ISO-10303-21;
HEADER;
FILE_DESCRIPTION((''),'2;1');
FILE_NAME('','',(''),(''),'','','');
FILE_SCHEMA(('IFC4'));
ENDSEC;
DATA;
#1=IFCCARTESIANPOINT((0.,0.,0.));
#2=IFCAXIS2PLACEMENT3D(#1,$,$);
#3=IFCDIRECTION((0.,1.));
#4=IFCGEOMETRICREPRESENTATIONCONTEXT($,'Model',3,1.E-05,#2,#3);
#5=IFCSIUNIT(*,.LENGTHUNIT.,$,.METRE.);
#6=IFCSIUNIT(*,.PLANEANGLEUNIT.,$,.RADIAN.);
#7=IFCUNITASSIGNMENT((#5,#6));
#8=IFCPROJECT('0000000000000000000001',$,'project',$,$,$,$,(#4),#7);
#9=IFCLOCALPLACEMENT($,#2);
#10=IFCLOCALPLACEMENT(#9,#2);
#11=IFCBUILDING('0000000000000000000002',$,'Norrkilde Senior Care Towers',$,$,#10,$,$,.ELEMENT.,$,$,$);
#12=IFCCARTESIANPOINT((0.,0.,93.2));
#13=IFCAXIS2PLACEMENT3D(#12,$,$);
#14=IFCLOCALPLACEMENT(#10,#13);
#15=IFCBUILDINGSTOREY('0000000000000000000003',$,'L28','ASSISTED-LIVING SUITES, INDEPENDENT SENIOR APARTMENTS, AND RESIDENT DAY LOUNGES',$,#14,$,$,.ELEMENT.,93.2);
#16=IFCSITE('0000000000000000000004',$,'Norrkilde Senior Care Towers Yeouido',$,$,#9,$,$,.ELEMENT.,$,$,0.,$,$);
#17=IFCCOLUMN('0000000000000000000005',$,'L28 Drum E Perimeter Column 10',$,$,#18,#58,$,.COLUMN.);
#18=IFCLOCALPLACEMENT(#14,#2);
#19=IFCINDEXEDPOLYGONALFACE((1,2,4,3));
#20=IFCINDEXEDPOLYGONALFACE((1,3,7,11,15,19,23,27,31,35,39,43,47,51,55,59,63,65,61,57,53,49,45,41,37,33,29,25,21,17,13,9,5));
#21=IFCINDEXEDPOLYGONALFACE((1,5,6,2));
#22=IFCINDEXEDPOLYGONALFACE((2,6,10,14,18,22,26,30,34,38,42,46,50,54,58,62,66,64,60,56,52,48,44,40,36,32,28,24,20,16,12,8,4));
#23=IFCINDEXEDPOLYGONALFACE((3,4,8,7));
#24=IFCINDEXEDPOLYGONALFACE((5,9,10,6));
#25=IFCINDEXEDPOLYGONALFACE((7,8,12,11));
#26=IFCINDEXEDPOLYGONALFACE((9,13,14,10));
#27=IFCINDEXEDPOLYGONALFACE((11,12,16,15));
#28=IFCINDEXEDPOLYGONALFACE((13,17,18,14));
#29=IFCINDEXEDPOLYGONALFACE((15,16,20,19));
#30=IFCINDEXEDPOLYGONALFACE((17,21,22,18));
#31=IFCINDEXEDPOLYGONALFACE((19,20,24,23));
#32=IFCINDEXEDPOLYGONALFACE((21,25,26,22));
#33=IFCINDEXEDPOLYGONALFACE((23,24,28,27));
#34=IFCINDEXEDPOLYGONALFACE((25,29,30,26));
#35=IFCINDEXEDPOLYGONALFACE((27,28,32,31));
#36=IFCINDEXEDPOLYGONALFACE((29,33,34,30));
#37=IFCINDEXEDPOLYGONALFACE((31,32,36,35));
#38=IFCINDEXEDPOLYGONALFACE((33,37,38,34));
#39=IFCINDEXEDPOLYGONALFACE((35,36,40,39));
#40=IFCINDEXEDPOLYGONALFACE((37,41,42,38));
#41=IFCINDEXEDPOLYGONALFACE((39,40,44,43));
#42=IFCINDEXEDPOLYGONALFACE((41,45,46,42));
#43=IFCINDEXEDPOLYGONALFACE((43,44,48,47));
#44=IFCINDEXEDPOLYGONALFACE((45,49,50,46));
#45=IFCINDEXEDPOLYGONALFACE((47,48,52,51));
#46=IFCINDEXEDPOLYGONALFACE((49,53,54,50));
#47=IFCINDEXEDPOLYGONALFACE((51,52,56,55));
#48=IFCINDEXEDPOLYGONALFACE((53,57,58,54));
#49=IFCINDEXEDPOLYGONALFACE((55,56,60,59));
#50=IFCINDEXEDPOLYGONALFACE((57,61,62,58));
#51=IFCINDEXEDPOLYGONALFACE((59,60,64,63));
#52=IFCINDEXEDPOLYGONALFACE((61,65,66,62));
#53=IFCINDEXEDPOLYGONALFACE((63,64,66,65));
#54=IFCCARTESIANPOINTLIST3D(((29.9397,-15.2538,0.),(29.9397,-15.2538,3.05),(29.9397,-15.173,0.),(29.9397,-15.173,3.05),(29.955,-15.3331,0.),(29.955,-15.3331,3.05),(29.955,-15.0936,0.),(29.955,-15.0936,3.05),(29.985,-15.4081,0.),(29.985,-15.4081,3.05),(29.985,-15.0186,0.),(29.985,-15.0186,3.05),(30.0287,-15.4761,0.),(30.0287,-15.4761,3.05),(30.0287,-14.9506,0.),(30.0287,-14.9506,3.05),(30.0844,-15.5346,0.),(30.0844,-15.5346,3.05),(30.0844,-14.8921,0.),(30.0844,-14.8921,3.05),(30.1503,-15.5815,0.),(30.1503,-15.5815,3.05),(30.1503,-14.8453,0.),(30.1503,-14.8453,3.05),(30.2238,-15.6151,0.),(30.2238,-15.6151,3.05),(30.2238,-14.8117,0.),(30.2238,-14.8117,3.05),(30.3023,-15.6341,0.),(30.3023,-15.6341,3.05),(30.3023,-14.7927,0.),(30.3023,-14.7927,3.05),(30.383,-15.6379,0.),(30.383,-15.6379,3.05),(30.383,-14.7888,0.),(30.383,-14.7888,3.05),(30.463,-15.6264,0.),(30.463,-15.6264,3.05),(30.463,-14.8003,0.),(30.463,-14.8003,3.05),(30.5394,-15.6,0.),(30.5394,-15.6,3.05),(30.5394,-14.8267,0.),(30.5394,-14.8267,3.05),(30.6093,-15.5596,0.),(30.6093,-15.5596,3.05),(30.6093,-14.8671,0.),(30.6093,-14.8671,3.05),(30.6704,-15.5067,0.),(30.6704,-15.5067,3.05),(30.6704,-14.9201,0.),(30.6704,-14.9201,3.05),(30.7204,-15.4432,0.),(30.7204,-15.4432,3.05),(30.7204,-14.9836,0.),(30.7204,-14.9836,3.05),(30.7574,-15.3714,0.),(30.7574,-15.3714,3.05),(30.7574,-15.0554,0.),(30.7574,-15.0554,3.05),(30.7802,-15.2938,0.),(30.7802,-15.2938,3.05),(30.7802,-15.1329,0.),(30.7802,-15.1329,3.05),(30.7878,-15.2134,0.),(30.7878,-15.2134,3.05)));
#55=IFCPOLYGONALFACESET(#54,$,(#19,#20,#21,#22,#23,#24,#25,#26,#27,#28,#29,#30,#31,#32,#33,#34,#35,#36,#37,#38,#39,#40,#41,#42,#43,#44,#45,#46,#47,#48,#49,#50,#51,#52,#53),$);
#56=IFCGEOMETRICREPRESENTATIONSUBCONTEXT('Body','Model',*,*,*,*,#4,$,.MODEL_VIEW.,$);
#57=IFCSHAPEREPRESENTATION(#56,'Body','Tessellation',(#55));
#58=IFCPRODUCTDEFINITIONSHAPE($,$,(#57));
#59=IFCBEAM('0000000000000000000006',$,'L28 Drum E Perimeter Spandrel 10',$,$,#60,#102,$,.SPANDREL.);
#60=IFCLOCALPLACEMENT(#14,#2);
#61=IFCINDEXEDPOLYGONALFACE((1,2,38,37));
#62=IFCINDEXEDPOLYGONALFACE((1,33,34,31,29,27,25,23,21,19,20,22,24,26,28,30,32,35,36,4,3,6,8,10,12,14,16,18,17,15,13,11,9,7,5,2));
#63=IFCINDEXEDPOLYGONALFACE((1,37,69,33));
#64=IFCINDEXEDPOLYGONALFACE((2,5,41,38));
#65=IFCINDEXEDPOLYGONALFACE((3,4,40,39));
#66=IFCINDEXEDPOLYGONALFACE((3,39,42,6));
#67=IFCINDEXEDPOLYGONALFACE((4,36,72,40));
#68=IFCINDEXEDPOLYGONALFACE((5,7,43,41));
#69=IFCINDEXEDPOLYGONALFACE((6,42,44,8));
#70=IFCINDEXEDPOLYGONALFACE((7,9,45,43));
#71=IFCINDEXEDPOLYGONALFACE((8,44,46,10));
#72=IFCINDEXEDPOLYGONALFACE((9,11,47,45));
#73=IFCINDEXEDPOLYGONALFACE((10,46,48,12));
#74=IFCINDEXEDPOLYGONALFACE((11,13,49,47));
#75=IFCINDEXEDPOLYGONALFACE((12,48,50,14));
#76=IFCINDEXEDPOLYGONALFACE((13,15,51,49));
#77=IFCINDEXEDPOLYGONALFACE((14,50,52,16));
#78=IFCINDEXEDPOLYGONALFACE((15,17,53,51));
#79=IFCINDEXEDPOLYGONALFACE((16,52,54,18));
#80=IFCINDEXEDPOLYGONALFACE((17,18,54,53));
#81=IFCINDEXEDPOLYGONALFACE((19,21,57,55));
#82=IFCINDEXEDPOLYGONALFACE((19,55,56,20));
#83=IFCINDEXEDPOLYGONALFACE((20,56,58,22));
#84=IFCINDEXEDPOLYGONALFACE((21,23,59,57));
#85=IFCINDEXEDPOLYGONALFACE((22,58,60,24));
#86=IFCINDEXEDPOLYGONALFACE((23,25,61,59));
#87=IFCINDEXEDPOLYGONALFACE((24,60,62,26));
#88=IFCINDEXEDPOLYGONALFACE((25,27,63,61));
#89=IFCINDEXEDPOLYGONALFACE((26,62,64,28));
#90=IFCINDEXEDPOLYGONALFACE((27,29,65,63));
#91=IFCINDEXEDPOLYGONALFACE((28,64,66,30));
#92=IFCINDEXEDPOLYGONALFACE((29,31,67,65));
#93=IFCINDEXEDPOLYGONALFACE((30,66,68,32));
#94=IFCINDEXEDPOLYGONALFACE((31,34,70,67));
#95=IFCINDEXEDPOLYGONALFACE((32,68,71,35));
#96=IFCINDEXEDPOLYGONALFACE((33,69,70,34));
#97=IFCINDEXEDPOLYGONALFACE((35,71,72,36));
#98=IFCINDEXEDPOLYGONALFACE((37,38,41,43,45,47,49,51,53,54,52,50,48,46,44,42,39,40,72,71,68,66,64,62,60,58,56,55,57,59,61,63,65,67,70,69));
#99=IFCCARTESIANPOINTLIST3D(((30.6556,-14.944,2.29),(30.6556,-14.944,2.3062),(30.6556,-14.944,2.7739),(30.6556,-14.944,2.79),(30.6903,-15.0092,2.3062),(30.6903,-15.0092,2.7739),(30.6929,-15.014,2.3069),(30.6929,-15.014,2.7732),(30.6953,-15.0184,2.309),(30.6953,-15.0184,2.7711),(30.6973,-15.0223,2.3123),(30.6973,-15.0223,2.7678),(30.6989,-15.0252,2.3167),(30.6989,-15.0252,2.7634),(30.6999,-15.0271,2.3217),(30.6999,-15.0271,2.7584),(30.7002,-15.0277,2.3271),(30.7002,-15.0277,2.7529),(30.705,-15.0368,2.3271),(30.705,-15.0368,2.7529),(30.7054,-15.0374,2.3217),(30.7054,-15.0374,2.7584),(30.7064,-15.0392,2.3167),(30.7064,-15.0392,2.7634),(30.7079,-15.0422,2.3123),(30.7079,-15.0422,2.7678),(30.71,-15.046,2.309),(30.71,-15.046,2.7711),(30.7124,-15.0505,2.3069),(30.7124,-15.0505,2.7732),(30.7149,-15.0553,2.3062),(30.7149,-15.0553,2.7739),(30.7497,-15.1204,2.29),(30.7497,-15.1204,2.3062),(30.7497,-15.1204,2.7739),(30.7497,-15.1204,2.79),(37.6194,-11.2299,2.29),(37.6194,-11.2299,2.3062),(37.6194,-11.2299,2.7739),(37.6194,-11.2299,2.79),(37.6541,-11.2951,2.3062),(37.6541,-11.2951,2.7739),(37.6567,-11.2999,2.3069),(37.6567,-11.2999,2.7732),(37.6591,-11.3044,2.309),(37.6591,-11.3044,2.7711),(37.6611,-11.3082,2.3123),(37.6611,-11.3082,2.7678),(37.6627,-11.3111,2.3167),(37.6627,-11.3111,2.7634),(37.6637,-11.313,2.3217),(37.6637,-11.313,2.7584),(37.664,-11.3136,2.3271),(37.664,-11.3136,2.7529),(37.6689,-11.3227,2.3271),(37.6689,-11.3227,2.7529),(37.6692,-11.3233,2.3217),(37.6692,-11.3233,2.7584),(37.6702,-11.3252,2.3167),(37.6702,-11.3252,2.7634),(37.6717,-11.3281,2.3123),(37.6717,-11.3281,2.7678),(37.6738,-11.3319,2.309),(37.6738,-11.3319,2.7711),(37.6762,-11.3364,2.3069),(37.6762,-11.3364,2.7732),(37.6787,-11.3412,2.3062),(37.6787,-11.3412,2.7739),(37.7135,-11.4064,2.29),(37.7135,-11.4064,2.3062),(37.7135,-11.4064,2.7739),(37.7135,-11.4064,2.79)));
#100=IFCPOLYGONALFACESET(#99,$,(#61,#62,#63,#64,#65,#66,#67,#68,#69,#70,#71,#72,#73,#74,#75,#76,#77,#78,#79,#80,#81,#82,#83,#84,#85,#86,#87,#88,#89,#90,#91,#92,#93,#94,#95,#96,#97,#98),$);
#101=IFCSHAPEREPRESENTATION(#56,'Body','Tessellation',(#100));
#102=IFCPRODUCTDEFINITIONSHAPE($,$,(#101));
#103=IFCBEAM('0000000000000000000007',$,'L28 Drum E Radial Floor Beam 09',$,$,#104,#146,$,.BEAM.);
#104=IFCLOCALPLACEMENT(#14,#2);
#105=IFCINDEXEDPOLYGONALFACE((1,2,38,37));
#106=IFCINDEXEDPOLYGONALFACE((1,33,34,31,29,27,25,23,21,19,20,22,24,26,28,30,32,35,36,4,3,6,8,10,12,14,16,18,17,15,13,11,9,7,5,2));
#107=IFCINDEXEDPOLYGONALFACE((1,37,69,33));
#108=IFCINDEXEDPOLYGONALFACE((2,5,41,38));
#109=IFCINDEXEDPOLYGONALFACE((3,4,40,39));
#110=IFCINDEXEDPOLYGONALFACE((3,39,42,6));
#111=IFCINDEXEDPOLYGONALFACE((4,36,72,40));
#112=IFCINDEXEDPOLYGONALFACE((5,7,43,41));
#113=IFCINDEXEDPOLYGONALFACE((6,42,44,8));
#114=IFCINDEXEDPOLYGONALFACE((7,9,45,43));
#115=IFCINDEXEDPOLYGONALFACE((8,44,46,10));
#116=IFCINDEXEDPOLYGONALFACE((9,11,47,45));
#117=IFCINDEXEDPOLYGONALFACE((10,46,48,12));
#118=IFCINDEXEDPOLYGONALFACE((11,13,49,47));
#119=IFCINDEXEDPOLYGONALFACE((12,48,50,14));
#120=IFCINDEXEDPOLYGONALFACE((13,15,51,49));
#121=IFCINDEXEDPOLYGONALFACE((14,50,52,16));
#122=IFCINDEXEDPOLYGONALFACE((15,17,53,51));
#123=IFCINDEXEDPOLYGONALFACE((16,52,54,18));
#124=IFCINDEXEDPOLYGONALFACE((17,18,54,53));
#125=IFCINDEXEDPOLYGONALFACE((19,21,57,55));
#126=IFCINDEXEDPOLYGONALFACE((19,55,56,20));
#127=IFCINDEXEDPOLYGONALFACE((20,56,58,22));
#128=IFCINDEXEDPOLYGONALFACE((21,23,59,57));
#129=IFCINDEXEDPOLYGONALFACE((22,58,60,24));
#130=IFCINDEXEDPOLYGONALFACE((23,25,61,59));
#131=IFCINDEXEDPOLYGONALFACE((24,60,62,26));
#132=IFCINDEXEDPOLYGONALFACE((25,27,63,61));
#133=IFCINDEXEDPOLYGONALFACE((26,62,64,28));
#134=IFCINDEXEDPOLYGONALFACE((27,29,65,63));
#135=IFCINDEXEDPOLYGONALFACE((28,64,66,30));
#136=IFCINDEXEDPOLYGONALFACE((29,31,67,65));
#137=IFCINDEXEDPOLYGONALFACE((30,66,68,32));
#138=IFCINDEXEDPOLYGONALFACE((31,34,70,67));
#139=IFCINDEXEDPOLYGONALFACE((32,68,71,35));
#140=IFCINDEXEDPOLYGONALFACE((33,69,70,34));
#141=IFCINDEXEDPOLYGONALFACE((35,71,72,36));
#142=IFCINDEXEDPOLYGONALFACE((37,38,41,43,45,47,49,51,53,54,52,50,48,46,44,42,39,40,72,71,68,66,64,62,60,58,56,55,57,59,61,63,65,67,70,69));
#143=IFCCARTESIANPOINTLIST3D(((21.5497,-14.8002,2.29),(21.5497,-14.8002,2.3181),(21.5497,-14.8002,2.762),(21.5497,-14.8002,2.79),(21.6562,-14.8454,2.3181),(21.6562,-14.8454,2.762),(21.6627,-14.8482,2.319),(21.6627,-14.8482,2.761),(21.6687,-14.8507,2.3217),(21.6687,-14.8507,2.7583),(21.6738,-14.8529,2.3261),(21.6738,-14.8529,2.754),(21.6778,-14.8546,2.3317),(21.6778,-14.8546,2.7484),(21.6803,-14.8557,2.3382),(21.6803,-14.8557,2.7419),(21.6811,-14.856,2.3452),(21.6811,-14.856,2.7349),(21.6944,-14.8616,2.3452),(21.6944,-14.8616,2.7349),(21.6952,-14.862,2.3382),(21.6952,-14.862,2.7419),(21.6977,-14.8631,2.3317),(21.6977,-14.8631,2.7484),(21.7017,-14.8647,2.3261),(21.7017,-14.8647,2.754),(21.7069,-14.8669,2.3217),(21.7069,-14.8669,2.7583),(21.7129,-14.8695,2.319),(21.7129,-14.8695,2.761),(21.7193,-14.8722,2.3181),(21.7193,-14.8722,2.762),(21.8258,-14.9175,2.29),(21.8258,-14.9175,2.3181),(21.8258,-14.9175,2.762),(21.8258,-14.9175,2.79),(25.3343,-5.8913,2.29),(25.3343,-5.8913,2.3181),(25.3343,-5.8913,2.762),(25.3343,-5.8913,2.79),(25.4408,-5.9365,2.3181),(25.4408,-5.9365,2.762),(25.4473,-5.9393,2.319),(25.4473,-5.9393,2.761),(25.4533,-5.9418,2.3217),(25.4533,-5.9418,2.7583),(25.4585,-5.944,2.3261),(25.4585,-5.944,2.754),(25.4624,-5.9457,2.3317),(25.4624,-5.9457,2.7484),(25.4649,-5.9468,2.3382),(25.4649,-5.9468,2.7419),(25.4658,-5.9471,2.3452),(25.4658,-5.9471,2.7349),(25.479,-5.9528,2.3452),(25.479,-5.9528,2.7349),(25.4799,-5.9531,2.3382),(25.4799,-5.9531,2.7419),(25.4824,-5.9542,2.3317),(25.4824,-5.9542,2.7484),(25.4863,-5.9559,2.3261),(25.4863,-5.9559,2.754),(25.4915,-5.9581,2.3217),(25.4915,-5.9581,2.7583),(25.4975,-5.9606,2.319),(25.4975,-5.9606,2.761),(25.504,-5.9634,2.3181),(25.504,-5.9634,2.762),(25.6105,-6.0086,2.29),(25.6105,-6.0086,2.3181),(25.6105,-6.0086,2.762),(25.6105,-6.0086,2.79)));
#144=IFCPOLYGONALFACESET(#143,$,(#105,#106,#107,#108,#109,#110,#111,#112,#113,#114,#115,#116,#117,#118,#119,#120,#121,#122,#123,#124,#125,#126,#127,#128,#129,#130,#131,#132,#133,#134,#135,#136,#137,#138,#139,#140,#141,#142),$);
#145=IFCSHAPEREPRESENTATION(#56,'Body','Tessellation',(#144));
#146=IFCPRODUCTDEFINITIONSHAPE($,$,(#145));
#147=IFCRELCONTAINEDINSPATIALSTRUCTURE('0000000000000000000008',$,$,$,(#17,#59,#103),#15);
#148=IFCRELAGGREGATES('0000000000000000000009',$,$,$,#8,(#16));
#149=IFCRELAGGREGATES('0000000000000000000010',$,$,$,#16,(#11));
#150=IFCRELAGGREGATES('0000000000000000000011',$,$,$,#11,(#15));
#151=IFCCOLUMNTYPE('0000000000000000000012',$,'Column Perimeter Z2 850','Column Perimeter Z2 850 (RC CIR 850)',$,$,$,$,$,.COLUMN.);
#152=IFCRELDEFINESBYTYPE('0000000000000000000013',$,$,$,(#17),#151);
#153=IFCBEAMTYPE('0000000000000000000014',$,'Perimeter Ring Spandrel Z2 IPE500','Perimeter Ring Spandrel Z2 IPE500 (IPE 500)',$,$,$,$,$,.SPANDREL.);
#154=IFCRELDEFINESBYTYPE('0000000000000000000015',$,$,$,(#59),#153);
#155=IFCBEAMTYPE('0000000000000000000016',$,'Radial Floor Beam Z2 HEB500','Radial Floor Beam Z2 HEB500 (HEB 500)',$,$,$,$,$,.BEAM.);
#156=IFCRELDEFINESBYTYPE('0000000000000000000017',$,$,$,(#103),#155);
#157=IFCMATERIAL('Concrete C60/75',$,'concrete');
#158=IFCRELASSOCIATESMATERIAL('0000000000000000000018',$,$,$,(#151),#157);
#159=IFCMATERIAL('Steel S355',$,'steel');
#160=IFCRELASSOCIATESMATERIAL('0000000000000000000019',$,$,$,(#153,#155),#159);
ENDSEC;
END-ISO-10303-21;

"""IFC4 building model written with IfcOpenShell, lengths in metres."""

from ifc_helpers import new_model, si_unit, direction, frame, origin, origin_2d, place, context, subcontext, project, spatial, circle, i_section, extrude, source, transform, mapped, material, material_profile, profile_set, type_object, type_shapes, element, save


model = new_model("IFC4")

# Units and contexts
model_context = context("Model", 3, precision=1e-05, world=origin(), true_north=direction((0.0, 1.0)))
body_context = subcontext(model_context, "Body", "Model", "MODEL_VIEW")
ifc_project = project(units=[si_unit("LENGTHUNIT", "METRE"), si_unit("PLANEANGLEUNIT", "RADIAN")], contexts=[model_context])

# Site, building, storey
site_placement = place(None, origin())
site = spatial("IfcSite", under=ifc_project, at=site_placement, Name="Norrkilde Senior Care Towers Yeouido", CompositionType="ELEMENT", RefElevation=0.0)
building_placement = place(site_placement, origin())
building = spatial("IfcBuilding", under=site, at=building_placement, Name="Norrkilde Senior Care Towers", CompositionType="ELEMENT")
storey_placement = place(building_placement, frame((0.0, 0.0, 93.2)))
storey = spatial("IfcBuildingStorey", under=building, at=storey_placement, Name="L28", Description="ASSISTED-LIVING SUITES, INDEPENDENT SENIOR APARTMENTS, AND RESIDENT DAY LOUNGES", CompositionType="ELEMENT", Elevation=93.2)

# Column
ifc_material_1 = material(Name="Concrete C60/75", Category="concrete")
ifc_material_profile_1 = material_profile(ifc_material_1, circle(Radius=0.425, at=origin_2d()), Name="RC CIR 850")
ifc_profile_set_1 = profile_set([ifc_material_profile_1], Name="Concrete C60/75")
column_type = type_object("IfcColumnType", Name="Column Perimeter Z2 850", Description="Column Perimeter Z2 850 (RC CIR 850)", PredefinedType="COLUMN", material=ifc_profile_set_1)
shared_shape_1 = source(origin(), body_context, "Body", "SweptSolid", [
    extrude(circle(Radius=0.425, at=origin_2d()), origin(), (0.0, 0.0, 1.0), 3.05),
])
type_shapes(column_type, [shared_shape_1])
column_placement = place(storey_placement, frame((30.3628, -15.2134, 0.0), z_axis=(0.0, 0.0, 1.0), x_axis=(1.0, 0.0, 0.0)))
element("IfcColumn", 1, at=column_placement, inside=storey, type_object=column_type, Name="L28 Drum E Perimeter Column 10", PredefinedType="COLUMN", context=body_context, shape_type="MappedRepresentation", body=[
    mapped(shared_shape_1, transform((0.0, 0.0, 0.0), x_axis=(1.0, 0.0, 0.0), y_axis=(0.0, 1.0, 0.0), z_axis=(0.0, 0.0, 1.0), scale=1.0)),
])

# Beams
ifc_material_2 = material(Name="Steel S355", Category="steel")
ifc_material_profile_2 = material_profile(ifc_material_2, i_section(OverallWidth=0.2, OverallDepth=0.5, WebThickness=0.0103, FlangeThickness=0.0161, FilletRadius=0.021, at=origin_2d()), Name="IPE 500")
ifc_profile_set_2 = profile_set([ifc_material_profile_2], Name="Steel S355")
beam_type_1 = type_object("IfcBeamType", Name="Perimeter Ring Spandrel Z2 IPE500", Description="Perimeter Ring Spandrel Z2 IPE500 (IPE 500)", PredefinedType="SPANDREL", material=ifc_profile_set_2)
shared_shape_2 = source(origin(), body_context, "Body", "SweptSolid", [
    extrude(i_section(OverallWidth=0.2, OverallDepth=0.5, WebThickness=0.0103, FlangeThickness=0.0161, FilletRadius=0.021, at=origin_2d()), origin(), (0.0, 0.0, 1.0), 7.8923),
])
type_shapes(beam_type_1, [shared_shape_2])
beam_1_placement = place(storey_placement, frame((30.7026, -15.0322, 2.54), z_axis=(0.88235, 0.470593, 0.0), x_axis=(-0.470593, 0.88235, 0.0)))
element("IfcBeam", 2, at=beam_1_placement, inside=storey, type_object=beam_type_1, Name="L28 Drum E Perimeter Spandrel 10", PredefinedType="SPANDREL", context=body_context, shape_type="MappedRepresentation", body=[
    mapped(shared_shape_2, transform((0.0, 0.0, 0.0), x_axis=(1.0, 0.0, 0.0), y_axis=(0.0, 1.0, 0.0), z_axis=(0.0, 0.0, 1.0), scale=1.0)),
])
ifc_material_profile_3 = material_profile(ifc_material_2, i_section(OverallWidth=0.3, OverallDepth=0.5, WebThickness=0.0144, FlangeThickness=0.0281, FilletRadius=0.0271, at=origin_2d()), Name="HEB 500")
ifc_profile_set_3 = profile_set([ifc_material_profile_3], Name="Steel S355")
beam_type_2 = type_object("IfcBeamType", Name="Radial Floor Beam Z2 HEB500", Description="Radial Floor Beam Z2 HEB500 (HEB 500)", PredefinedType="BEAM", material=ifc_profile_set_3)
shared_shape_3 = source(origin(), body_context, "Body", "SweptSolid", [
    extrude(i_section(OverallWidth=0.3, OverallDepth=0.5, WebThickness=0.0144, FlangeThickness=0.0281, FilletRadius=0.0271, at=origin_2d()), origin(), (0.0, 0.0, 1.0), 9.6794),
])
beam_2_placement = place(storey_placement, frame((25.4724, -5.95, 2.54), z_axis=(-0.390998, -0.920392, 0.0), x_axis=(0.920392, -0.390998, 0.0)))
element("IfcBeam", 3, at=beam_2_placement, inside=storey, type_object=beam_type_2, Name="L28 Drum E Radial Floor Beam 09", PredefinedType="BEAM", context=body_context, shape_type="MappedRepresentation", body=[
    mapped(shared_shape_3, transform((0.0, 0.0, 0.0), x_axis=(1.0, 0.0, 0.0), y_axis=(0.0, 1.0, 0.0), z_axis=(0.0, 0.0, 1.0), scale=1.0)),
])

save(model, "model.ifc")
